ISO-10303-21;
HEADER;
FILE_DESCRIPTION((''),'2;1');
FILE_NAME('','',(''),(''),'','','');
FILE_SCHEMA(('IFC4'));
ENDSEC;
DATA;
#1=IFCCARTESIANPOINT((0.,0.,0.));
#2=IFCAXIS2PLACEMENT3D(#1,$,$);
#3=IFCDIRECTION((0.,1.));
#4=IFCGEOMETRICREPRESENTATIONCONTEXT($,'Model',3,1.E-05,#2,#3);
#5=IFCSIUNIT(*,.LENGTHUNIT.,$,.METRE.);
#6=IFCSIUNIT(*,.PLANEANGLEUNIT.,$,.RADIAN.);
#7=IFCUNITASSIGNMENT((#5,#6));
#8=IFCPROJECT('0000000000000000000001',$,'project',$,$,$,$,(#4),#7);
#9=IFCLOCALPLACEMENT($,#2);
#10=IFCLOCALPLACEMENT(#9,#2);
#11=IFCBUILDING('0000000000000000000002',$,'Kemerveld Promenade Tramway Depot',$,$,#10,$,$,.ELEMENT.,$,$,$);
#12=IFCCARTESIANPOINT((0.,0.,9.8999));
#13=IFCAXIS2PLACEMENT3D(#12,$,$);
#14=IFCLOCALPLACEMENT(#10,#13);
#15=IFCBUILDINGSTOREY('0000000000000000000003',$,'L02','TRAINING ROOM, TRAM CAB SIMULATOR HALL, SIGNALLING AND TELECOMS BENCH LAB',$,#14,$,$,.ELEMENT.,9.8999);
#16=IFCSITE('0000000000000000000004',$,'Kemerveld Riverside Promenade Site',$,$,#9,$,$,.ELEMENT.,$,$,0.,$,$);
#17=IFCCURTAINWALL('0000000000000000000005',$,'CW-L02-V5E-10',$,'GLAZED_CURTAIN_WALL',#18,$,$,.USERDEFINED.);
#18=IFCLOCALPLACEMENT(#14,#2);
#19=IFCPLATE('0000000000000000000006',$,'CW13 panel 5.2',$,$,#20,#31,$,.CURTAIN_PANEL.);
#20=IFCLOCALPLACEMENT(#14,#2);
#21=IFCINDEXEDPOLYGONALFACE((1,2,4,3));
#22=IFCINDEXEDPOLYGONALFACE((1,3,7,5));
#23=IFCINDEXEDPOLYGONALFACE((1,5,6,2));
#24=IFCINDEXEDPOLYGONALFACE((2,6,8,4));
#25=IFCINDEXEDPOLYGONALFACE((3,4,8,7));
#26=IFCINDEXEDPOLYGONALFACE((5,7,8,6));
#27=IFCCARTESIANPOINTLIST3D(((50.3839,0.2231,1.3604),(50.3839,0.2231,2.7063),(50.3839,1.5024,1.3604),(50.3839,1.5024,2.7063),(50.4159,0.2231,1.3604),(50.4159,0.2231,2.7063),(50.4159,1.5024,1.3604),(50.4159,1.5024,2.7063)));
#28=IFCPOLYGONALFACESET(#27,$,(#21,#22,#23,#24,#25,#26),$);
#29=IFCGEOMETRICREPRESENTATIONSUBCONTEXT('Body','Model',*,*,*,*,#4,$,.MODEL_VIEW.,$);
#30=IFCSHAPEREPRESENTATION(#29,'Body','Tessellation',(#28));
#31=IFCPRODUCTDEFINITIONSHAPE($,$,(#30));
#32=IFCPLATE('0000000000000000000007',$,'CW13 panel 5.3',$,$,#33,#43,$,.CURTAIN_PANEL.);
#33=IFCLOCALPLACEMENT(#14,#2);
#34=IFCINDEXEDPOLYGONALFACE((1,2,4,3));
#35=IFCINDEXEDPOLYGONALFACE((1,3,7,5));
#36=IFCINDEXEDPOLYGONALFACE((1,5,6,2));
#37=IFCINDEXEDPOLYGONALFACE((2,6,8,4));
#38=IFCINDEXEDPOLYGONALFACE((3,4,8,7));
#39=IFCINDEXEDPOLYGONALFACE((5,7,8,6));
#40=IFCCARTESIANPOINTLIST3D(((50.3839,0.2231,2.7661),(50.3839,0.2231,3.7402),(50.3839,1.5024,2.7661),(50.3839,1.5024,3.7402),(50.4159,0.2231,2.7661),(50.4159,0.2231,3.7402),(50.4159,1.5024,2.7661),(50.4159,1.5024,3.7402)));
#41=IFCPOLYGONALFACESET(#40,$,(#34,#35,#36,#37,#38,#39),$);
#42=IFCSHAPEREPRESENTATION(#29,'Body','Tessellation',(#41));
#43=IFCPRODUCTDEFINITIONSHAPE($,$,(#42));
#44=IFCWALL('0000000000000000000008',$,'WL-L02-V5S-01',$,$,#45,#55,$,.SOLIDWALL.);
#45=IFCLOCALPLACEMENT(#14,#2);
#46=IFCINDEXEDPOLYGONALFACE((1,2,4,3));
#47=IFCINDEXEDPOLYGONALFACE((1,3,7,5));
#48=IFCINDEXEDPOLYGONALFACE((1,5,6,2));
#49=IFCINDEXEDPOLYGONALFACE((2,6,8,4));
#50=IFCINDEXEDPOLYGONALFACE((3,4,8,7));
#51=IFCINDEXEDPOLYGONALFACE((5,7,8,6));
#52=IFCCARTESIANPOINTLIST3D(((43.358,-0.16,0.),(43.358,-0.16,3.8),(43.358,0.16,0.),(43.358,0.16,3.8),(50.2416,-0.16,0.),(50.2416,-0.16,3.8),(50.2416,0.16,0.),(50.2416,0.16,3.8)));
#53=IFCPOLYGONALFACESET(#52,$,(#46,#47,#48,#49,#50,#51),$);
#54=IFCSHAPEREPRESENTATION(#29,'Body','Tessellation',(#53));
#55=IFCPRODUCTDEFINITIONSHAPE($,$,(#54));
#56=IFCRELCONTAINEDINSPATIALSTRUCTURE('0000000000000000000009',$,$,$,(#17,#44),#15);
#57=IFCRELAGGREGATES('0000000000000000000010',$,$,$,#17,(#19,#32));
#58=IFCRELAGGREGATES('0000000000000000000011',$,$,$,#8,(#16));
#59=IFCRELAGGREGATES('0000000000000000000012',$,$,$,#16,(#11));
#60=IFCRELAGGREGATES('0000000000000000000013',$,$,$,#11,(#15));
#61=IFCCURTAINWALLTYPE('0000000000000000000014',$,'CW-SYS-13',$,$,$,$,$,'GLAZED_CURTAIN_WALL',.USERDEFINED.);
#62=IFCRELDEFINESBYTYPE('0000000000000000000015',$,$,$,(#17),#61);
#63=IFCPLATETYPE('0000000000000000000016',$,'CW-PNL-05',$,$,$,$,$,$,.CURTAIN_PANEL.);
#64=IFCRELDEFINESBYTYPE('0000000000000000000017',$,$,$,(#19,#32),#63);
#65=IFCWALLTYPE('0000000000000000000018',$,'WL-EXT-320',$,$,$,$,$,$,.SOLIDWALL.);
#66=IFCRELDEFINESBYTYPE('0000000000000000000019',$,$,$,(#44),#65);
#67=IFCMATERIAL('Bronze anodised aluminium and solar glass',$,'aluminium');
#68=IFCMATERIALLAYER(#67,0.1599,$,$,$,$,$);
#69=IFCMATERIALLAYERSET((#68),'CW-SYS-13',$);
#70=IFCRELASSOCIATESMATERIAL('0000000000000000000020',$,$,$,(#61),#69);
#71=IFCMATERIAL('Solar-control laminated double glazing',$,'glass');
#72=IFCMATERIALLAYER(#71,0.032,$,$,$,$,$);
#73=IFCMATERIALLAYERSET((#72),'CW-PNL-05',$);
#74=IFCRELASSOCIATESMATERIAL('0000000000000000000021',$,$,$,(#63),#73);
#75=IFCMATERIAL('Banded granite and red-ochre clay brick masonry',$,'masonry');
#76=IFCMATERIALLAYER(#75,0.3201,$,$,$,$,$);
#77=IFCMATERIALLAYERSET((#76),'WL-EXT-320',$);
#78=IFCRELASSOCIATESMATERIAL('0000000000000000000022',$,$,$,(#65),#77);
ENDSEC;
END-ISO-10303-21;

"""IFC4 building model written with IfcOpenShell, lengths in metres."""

from ifc_helpers import new_model, si_unit, direction, frame, frame_2d, origin, origin_2d, place, context, subcontext, project, spatial, rectangle, extrude, material, layer, layer_set, type_object, element, aggregate, save


model = new_model("IFC4")

# Units and contexts
model_context = context("Model", 3, precision=1e-05, world=origin(), true_north=direction((0.0, 1.0)))
body_context = subcontext(model_context, "Body", "Model", "MODEL_VIEW")
ifc_project = project(units=[si_unit("LENGTHUNIT", "METRE"), si_unit("PLANEANGLEUNIT", "RADIAN")], contexts=[model_context])

# Site, building, storey
site_placement = place(None, origin())
site = spatial("IfcSite", under=ifc_project, at=site_placement, Name="Kemerveld Riverside Promenade Site", CompositionType="ELEMENT", RefElevation=0.0)
building_placement = place(site_placement, origin())
building = spatial("IfcBuilding", under=site, at=building_placement, Name="Kemerveld Promenade Tramway Depot", CompositionType="ELEMENT")
storey_placement = place(building_placement, frame((0.0, 0.0, 9.8999)))
storey = spatial("IfcBuildingStorey", under=building, at=storey_placement, Name="L02", Description="TRAINING ROOM, TRAM CAB SIMULATOR HALL, SIGNALLING AND TELECOMS BENCH LAB", CompositionType="ELEMENT", Elevation=9.8999)

# Curtain wall, plates
ifc_material_1 = material(Name="Bronze anodised aluminium and solar glass", Category="aluminium")
ifc_layer_1 = layer(ifc_material_1, 0.1599)
ifc_layer_set_1 = layer_set([ifc_layer_1], Name="CW-SYS-13")
curtain_wall_type = type_object("IfcCurtainWallType", Name="CW-SYS-13", ElementType="GLAZED_CURTAIN_WALL", PredefinedType="USERDEFINED", material=ifc_layer_set_1)
curtain_wall_placement = place(storey_placement, origin())
curtain_wall = element("IfcCurtainWall", 1, at=curtain_wall_placement, inside=storey, type_object=curtain_wall_type, Name="CW-L02-V5E-10", ObjectType="GLAZED_CURTAIN_WALL", PredefinedType="USERDEFINED")
ifc_material_2 = material(Name="Solar-control laminated double glazing", Category="glass")
ifc_layer_2 = layer(ifc_material_2, 0.032)
ifc_layer_set_2 = layer_set([ifc_layer_2], Name="CW-PNL-05")
plate_type = type_object("IfcPlateType", Name="CW-PNL-05", PredefinedType="CURTAIN_PANEL", material=ifc_layer_set_2)
plate_1_placement = place(storey_placement, frame((50.3999, 0.8628, 1.3604), z_axis=(0.0, 0.0, 1.0), x_axis=(0.0, -1.0, 0.0)))
plate_1 = element("IfcPlate", 2, at=plate_1_placement, type_object=plate_type, Name="CW13 panel 5.2", PredefinedType="CURTAIN_PANEL", context=body_context, shape_type="SweptSolid", body=[
    extrude(rectangle(XDim=1.2793, YDim=0.032, at=origin_2d()), origin(), (0.0, 0.0, 1.0), 1.3459),
])
plate_2_placement = place(storey_placement, frame((50.3999, 0.8628, 2.7661), z_axis=(0.0, 0.0, 1.0), x_axis=(0.0, -1.0, 0.0)))
plate_2 = element("IfcPlate", 3, at=plate_2_placement, type_object=plate_type, Name="CW13 panel 5.3", PredefinedType="CURTAIN_PANEL", context=body_context, shape_type="SweptSolid", body=[
    extrude(rectangle(XDim=1.2793, YDim=0.032, at=origin_2d()), origin(), (0.0, 0.0, 1.0), 0.9741),
])
aggregate(curtain_wall, [plate_1, plate_2])

# Wall
ifc_material_3 = material(Name="Banded granite and red-ochre clay brick masonry", Category="masonry")
ifc_layer_3 = layer(ifc_material_3, 0.3201)
ifc_layer_set_3 = layer_set([ifc_layer_3], Name="WL-EXT-320")
wall_type = type_object("IfcWallType", Name="WL-EXT-320", PredefinedType="SOLIDWALL", material=ifc_layer_set_3)
wall_placement = place(storey_placement, frame((50.2417, 0.0, 0.0), z_axis=(0.0, 0.0, 1.0), x_axis=(-1.0, 0.0, 0.0)))
element("IfcWall", 4, at=wall_placement, inside=storey, type_object=wall_type, Name="WL-L02-V5S-01", PredefinedType="SOLIDWALL", context=body_context, shape_type="SweptSolid", body=[
    extrude(rectangle(XDim=6.8835, YDim=0.3201, at=frame_2d((3.4419, 0.0))), origin(), (0.0, 0.0, 1.0), 3.8),
])

save(model, "model.ifc")
